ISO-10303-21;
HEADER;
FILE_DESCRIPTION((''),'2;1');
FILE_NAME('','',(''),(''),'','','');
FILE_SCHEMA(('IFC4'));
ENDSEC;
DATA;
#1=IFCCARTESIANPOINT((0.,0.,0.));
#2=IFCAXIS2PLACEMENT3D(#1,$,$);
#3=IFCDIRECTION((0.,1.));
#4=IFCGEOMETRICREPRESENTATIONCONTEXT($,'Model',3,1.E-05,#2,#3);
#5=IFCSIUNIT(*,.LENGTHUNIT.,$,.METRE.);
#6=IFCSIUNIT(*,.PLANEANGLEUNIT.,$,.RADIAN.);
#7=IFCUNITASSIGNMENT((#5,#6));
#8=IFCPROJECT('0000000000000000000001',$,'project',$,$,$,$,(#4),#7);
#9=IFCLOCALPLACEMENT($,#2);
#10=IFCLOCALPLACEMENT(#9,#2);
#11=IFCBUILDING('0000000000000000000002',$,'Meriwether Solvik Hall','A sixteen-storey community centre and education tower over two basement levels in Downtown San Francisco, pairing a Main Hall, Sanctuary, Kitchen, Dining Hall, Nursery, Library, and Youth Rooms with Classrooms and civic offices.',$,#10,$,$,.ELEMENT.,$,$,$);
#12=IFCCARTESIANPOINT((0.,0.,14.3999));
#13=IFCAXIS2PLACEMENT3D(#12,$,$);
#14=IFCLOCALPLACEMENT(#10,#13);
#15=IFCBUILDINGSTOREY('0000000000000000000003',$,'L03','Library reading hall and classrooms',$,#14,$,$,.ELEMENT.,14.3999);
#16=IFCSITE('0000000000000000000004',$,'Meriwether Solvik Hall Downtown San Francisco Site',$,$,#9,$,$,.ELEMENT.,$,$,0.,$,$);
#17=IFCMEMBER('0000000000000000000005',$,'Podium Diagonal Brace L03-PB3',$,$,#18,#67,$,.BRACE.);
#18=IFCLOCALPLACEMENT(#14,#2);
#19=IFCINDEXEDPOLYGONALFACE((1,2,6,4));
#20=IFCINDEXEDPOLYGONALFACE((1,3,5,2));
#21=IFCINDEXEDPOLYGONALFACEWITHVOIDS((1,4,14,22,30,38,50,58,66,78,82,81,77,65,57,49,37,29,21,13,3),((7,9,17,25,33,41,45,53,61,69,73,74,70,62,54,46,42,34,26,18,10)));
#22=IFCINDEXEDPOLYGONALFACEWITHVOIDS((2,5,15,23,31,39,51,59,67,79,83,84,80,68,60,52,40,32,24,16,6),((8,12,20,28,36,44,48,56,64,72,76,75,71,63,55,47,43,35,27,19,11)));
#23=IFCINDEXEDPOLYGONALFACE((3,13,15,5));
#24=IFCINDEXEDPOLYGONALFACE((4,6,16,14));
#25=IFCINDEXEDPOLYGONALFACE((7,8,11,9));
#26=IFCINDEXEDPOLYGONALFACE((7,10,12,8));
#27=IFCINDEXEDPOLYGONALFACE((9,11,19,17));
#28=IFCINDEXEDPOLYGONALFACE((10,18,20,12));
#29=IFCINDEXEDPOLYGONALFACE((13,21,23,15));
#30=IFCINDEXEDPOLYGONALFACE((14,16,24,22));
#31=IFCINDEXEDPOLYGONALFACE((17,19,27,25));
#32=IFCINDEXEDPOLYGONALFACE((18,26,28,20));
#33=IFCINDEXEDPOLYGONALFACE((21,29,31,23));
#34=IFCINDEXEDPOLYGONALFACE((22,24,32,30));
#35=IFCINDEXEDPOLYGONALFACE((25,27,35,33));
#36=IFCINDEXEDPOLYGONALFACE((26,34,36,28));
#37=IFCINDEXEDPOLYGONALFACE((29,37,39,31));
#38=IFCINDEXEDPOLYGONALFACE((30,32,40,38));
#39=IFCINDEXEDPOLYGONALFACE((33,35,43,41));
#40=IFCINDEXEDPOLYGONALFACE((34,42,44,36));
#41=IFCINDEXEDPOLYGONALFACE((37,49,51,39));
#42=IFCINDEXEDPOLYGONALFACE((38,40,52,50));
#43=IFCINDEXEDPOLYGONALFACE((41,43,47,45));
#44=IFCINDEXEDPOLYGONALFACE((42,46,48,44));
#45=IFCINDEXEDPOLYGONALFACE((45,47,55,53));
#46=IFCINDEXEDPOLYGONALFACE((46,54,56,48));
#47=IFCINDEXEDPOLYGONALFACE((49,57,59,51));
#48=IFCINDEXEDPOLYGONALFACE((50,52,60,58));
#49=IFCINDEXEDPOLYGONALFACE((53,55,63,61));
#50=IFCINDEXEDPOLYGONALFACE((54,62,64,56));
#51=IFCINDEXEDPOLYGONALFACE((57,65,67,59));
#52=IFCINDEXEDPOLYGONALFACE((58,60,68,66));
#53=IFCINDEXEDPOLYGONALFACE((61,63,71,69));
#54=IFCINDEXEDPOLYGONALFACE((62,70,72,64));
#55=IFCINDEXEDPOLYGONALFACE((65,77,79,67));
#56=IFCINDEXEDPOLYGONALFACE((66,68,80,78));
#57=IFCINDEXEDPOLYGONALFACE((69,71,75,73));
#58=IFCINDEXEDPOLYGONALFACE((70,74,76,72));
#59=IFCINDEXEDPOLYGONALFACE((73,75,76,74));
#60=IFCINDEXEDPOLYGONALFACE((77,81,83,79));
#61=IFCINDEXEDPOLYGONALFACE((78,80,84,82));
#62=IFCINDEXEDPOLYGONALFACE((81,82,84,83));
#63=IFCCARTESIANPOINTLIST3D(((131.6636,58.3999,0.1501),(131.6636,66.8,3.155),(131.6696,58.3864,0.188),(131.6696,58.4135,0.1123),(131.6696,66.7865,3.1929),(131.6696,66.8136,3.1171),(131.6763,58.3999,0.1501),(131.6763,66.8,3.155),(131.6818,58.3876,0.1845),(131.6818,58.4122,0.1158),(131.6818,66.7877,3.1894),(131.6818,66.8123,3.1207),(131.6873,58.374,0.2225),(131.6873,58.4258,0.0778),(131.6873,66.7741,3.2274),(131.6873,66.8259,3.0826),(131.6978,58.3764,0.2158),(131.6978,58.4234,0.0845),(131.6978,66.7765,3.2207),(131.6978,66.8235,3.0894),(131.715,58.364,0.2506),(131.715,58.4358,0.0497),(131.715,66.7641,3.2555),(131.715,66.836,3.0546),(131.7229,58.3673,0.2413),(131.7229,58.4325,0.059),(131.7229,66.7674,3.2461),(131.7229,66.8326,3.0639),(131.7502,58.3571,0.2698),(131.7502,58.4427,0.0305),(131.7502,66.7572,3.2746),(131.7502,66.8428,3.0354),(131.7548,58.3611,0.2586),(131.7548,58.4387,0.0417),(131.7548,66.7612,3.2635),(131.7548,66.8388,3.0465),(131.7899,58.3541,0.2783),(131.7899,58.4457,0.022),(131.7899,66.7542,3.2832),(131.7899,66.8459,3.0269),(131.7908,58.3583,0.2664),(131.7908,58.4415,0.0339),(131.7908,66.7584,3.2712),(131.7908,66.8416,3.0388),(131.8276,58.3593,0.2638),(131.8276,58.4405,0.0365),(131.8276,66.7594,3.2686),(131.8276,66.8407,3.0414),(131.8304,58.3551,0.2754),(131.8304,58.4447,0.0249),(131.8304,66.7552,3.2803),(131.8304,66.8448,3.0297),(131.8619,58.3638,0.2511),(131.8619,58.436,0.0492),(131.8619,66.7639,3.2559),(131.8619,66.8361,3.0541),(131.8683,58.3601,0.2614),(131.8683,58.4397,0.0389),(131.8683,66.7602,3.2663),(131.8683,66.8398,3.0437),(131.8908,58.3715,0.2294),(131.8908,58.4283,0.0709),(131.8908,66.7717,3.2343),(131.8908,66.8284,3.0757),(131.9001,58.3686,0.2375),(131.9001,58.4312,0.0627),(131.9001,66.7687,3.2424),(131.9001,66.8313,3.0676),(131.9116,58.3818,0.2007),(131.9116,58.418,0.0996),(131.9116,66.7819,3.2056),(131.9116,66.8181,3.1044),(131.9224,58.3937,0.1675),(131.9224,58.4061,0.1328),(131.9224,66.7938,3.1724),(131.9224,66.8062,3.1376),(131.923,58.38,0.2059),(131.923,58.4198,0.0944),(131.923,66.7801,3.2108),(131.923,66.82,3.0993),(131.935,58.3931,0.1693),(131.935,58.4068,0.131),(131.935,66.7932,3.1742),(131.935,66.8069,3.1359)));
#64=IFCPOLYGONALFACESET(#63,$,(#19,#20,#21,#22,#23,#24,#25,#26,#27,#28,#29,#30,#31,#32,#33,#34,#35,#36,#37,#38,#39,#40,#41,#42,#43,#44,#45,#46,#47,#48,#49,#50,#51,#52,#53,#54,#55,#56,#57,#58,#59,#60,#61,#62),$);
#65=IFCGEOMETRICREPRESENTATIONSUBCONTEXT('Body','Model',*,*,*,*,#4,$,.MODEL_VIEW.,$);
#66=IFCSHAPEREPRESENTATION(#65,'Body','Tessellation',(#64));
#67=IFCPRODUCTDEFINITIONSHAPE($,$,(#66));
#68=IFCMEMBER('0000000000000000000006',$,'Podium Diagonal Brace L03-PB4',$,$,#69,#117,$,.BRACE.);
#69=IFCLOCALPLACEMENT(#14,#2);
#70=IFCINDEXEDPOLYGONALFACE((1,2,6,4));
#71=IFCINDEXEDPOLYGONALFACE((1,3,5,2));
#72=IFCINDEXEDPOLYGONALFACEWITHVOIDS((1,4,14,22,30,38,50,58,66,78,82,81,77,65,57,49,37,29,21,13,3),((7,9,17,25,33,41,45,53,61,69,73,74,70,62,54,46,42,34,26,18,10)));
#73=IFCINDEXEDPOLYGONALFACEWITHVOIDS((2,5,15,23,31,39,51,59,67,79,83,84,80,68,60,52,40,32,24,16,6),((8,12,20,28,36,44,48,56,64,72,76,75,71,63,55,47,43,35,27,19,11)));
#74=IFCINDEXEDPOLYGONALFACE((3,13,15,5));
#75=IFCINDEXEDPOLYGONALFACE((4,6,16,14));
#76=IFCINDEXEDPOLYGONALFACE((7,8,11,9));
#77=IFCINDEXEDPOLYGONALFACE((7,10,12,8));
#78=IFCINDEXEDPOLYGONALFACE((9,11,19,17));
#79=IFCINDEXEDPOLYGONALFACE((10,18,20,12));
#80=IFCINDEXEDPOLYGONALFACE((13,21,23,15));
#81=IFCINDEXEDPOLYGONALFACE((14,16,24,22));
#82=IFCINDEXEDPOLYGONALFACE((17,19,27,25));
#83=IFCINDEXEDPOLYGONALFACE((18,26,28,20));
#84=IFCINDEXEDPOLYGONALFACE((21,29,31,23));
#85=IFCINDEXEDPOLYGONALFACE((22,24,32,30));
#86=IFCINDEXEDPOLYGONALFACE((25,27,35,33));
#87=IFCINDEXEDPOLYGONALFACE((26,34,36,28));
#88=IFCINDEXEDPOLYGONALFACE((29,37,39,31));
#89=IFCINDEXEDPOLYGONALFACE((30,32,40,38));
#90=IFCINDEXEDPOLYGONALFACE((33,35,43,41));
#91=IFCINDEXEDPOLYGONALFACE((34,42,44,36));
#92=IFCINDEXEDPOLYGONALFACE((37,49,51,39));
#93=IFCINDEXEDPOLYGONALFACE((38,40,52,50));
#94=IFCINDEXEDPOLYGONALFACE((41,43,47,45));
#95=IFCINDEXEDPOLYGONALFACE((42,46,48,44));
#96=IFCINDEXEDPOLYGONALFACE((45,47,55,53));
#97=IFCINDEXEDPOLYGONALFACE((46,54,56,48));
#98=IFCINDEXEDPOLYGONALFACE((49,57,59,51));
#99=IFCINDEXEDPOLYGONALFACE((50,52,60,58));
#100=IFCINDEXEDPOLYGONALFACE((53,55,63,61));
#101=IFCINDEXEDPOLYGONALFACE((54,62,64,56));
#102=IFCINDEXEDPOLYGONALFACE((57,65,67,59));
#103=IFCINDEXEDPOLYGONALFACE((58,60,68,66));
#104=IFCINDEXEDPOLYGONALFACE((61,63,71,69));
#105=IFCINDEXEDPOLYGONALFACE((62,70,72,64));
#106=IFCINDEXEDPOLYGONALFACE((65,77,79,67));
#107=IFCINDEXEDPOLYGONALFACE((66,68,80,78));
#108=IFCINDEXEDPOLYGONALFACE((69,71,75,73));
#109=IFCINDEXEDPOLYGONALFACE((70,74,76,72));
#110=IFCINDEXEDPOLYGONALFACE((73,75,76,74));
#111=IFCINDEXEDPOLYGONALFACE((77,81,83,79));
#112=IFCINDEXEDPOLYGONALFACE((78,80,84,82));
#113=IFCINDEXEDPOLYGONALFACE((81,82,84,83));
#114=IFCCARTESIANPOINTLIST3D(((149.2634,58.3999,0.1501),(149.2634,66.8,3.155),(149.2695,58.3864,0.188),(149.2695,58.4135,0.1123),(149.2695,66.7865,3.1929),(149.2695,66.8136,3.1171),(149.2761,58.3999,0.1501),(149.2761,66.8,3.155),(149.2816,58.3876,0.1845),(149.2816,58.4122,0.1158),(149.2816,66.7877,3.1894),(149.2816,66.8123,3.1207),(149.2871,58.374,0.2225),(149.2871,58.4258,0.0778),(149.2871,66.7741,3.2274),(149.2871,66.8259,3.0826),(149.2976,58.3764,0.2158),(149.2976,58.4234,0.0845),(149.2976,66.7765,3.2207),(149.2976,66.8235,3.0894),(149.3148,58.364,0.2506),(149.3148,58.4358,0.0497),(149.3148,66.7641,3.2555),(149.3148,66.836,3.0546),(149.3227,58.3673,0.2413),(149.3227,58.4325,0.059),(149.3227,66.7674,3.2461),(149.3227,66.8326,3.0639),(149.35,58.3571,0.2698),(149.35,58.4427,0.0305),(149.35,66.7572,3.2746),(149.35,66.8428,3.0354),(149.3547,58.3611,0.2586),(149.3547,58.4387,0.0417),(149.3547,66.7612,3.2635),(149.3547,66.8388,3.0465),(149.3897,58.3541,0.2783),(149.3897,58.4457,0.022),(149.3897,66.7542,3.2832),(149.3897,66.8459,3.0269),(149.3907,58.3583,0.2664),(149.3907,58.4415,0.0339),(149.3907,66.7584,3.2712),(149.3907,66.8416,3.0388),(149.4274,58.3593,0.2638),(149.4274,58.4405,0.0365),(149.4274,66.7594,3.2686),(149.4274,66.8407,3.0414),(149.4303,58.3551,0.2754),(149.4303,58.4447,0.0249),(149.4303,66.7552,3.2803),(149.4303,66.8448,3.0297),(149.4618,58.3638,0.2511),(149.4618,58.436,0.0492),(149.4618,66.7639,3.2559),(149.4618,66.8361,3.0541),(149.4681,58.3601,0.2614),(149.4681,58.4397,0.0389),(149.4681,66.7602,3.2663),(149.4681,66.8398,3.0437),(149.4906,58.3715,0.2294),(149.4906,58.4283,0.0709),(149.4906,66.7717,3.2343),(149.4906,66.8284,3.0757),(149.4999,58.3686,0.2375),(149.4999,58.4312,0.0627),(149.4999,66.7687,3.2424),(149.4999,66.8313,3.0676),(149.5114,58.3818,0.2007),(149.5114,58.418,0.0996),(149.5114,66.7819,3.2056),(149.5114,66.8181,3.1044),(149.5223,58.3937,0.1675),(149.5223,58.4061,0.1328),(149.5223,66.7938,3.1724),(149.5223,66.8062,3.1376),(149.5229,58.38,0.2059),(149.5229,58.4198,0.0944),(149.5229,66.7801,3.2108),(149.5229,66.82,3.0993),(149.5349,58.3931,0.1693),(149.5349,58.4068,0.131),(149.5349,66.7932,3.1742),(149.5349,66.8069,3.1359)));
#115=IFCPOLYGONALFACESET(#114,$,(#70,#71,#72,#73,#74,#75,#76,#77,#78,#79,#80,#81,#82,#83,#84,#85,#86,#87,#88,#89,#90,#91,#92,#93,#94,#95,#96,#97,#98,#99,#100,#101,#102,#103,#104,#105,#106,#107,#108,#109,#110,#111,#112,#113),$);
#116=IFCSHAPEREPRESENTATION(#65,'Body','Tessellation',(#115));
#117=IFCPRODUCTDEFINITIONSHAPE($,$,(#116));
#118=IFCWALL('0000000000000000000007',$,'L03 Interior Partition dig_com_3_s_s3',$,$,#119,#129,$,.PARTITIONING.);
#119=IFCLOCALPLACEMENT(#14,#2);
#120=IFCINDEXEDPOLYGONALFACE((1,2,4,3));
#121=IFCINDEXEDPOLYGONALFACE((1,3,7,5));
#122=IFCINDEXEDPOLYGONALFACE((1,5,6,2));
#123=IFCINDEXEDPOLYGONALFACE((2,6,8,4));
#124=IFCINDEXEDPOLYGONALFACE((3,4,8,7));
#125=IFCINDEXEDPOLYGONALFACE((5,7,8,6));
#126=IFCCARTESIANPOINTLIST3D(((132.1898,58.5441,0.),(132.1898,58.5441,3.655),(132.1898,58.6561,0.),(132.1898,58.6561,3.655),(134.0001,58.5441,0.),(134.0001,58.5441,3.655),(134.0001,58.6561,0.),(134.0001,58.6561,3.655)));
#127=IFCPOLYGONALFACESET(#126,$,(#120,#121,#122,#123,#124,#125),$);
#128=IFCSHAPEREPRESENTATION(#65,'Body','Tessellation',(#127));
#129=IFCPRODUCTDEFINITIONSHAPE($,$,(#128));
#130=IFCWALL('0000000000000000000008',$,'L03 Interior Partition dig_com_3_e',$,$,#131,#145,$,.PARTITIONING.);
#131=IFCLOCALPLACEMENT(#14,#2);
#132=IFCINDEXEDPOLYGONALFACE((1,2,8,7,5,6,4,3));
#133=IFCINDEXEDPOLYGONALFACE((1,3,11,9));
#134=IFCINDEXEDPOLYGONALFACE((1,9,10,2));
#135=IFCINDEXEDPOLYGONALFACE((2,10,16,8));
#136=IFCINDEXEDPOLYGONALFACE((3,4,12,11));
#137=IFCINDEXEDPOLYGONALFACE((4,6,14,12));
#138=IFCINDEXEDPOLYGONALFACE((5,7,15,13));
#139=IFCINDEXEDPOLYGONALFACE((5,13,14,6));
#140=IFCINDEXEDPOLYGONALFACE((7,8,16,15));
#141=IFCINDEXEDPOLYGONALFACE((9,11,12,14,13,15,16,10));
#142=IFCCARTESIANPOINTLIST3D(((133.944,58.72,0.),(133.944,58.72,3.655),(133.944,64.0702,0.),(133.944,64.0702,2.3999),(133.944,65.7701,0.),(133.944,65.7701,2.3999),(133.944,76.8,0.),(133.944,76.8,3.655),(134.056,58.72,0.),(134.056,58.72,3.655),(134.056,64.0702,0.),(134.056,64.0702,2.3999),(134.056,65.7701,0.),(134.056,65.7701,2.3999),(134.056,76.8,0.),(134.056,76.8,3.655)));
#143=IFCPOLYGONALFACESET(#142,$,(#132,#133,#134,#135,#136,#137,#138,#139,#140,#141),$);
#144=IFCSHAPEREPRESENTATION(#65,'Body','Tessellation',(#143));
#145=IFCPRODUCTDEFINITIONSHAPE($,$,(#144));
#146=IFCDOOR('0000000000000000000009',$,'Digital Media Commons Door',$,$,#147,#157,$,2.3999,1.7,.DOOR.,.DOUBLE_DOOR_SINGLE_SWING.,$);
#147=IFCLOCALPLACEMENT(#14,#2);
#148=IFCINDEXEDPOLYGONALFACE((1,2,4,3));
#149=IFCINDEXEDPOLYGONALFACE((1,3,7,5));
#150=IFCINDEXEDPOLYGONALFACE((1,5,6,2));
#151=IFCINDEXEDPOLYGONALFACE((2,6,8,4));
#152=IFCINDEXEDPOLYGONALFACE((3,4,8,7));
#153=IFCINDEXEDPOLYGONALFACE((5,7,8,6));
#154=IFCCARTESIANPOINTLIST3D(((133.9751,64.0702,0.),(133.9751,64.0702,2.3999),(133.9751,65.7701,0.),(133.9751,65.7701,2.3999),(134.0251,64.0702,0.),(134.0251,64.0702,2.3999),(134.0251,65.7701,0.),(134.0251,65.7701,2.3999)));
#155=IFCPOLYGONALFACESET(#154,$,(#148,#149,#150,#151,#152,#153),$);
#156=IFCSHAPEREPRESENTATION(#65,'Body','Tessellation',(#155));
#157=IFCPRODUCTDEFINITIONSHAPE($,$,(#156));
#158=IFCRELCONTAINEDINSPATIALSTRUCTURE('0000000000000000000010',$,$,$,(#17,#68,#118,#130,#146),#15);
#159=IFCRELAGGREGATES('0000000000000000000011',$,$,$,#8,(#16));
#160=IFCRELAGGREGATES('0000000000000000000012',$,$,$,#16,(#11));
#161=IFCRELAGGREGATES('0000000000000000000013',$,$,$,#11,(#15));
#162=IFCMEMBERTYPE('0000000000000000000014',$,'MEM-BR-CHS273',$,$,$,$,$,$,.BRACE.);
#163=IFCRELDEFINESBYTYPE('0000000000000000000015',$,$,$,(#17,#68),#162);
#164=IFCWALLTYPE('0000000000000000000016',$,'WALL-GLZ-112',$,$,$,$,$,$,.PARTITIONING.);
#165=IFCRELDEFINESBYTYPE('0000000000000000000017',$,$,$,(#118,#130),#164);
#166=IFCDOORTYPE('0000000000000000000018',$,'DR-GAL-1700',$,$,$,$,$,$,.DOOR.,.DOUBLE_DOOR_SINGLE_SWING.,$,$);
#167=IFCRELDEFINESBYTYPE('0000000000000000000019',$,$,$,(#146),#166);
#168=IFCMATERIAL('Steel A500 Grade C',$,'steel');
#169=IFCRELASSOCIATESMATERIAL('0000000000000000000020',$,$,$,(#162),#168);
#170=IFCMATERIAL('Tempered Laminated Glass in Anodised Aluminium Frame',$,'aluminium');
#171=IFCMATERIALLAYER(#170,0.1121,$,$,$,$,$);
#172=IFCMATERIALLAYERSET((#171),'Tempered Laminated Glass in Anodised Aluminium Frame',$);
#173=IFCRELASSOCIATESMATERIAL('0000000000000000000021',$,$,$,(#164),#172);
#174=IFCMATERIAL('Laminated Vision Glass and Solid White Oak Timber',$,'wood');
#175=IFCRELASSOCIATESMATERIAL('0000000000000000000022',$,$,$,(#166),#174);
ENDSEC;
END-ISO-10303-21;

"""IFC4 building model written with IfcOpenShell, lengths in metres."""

from ifc_helpers import new_model, si_unit, direction, frame, frame_2d, origin, origin_2d, place, context, subcontext, project, spatial, rectangle, hollow_circle, extrude, material, layer, layer_set, material_profile, profile_set, type_object, element, fill, save


model = new_model("IFC4")

# Units and contexts
model_context = context("Model", 3, precision=1e-05, world=origin(), true_north=direction((0.0, 1.0)))
body_context = subcontext(model_context, "Body", "Model", "MODEL_VIEW")
ifc_project = project(units=[si_unit("LENGTHUNIT", "METRE"), si_unit("PLANEANGLEUNIT", "RADIAN")], contexts=[model_context])

# Site, building, storey
site_placement = place(None, origin())
site = spatial("IfcSite", under=ifc_project, at=site_placement, Name="Meriwether Solvik Hall Downtown San Francisco Site", CompositionType="ELEMENT", RefElevation=0.0)
building_placement = place(site_placement, origin())
building = spatial("IfcBuilding", under=site, at=building_placement, Name="Meriwether Solvik Hall", Description="A sixteen-storey community centre and education tower over two basement levels in Downtown San Francisco, pairing a Main Hall, Sanctuary, Kitchen, Dining Hall, Nursery, Library, and Youth Rooms with Classrooms and civic offices.", CompositionType="ELEMENT")
storey_placement = place(building_placement, frame((0.0, 0.0, 14.3999)))
storey = spatial("IfcBuildingStorey", under=building, at=storey_placement, Name="L03", Description="Library reading hall and classrooms", CompositionType="ELEMENT", Elevation=14.3999)

# Members
ifc_material_1 = material(Name="Steel A500 Grade C", Category="steel")
ifc_material_profile_1 = material_profile(ifc_material_1, hollow_circle(Radius=0.1365, WallThickness=0.0127, at=origin_2d()), Name="CHS273X12.7")
ifc_profile_set_1 = profile_set([ifc_material_profile_1], Name="Steel A500 Grade C")
member_type = type_object("IfcMemberType", Name="MEM-BR-CHS273", PredefinedType="BRACE", material=ifc_profile_set_1)
for number, where, z_axis, x_axis, name in (
    (1, (131.8, 58.3999, 0.1501), (0.0, 0.94157, 0.336817), (-1.0, 0.0, 0.0), "Podium Diagonal Brace L03-PB3"),
    (2, (149.3999, 58.3999, 0.1501), (0.0, 0.94157, 0.336817), (-1.0, 0.0, 0.0), "Podium Diagonal Brace L03-PB4"),
):
    element("IfcMember", number, at=place(storey_placement, frame(where, z_axis=z_axis, x_axis=x_axis)), inside=storey, type_object=member_type, Name=name, PredefinedType="BRACE", context=body_context, shape_type="SweptSolid", body=[
        extrude(hollow_circle(Radius=0.1365, WallThickness=0.0127, at=origin_2d()), origin(), (0.0, 0.0, 1.0), 8.9214),
    ])

# Wall
ifc_material_2 = material(Name="Tempered Laminated Glass in Anodised Aluminium Frame", Category="aluminium")
ifc_layer_1 = layer(ifc_material_2, 0.1121)
ifc_layer_set_1 = layer_set([ifc_layer_1], Name="Tempered Laminated Glass in Anodised Aluminium Frame")
wall_type_1 = type_object("IfcWallType", Name="WALL-GLZ-112", PredefinedType="PARTITIONING", material=ifc_layer_set_1)
wall_1_placement = place(storey_placement, frame((132.1897, 58.6001, 0.0), z_axis=(0.0, 0.0, 1.0), x_axis=(1.0, 0.0, 0.0)))
element("IfcWall", 3, at=wall_1_placement, inside=storey, type_object=wall_type_1, Name="L03 Interior Partition dig_com_3_s_s3", PredefinedType="PARTITIONING", context=body_context, shape_type="SweptSolid", body=[
    extrude(rectangle(XDim=1.8103, YDim=0.1121, at=frame_2d((0.9053, 0.0))), origin(), (0.0, 0.0, 1.0), 3.655),
])

# Wall, opening, door
wall_2_placement = place(storey_placement, frame((134.0, 58.72, 0.0), z_axis=(0.0, 0.0, 1.0), x_axis=(0.0, 1.0, 0.0)))
wall_2 = element("IfcWall", 4, at=wall_2_placement, inside=storey, type_object=wall_type_1, Name="L03 Interior Partition dig_com_3_e", PredefinedType="PARTITIONING", context=body_context, shape_type="SweptSolid", body=[
    extrude(rectangle(XDim=18.0801, YDim=0.1121, at=frame_2d((9.04, 0.0))), origin(), (0.0, 0.0, 1.0), 3.655),
])
opening_placement = place(wall_2_placement, frame((5.3501, 0.0, 0.0)))
opening = element("IfcOpeningElement", 5, at=opening_placement, cuts=wall_2, PredefinedType="OPENING", context=body_context, shape_type="SweptSolid", body=[
    extrude(rectangle(XDim=1.7, YDim=2.3999, at=frame_2d((0.8501, 1.2))), frame((0.0, 0.0679, 0.0), z_axis=(0.0, -1.0, 0.0), x_axis=(1.0, 0.0, 0.0)), (0.0, 0.0, 1.0), 0.136),
])
ifc_material_3 = material(Name="Laminated Vision Glass and Solid White Oak Timber", Category="wood")
door_type = type_object("IfcDoorType", Name="DR-GAL-1700", OperationType="DOUBLE_DOOR_SINGLE_SWING", PredefinedType="DOOR", material=ifc_material_3)
door_placement = place(opening_placement, origin())
door = element("IfcDoor", 6, at=door_placement, inside=storey, type_object=door_type, Name="Digital Media Commons Door", OperationType="DOUBLE_DOOR_SINGLE_SWING", OverallHeight=2.3999, OverallWidth=1.7, PredefinedType="DOOR", context=body_context, shape_type="SweptSolid", body=[
    extrude(rectangle(XDim=1.7, YDim=2.3999, at=frame_2d((0.8501, 1.2))), frame((0.0, 0.0249, 0.0), z_axis=(0.0, -1.0, 0.0), x_axis=(1.0, 0.0, 0.0)), (0.0, 0.0, 1.0), 0.05),
])
fill(opening, door)

save(model, "model.ifc")
